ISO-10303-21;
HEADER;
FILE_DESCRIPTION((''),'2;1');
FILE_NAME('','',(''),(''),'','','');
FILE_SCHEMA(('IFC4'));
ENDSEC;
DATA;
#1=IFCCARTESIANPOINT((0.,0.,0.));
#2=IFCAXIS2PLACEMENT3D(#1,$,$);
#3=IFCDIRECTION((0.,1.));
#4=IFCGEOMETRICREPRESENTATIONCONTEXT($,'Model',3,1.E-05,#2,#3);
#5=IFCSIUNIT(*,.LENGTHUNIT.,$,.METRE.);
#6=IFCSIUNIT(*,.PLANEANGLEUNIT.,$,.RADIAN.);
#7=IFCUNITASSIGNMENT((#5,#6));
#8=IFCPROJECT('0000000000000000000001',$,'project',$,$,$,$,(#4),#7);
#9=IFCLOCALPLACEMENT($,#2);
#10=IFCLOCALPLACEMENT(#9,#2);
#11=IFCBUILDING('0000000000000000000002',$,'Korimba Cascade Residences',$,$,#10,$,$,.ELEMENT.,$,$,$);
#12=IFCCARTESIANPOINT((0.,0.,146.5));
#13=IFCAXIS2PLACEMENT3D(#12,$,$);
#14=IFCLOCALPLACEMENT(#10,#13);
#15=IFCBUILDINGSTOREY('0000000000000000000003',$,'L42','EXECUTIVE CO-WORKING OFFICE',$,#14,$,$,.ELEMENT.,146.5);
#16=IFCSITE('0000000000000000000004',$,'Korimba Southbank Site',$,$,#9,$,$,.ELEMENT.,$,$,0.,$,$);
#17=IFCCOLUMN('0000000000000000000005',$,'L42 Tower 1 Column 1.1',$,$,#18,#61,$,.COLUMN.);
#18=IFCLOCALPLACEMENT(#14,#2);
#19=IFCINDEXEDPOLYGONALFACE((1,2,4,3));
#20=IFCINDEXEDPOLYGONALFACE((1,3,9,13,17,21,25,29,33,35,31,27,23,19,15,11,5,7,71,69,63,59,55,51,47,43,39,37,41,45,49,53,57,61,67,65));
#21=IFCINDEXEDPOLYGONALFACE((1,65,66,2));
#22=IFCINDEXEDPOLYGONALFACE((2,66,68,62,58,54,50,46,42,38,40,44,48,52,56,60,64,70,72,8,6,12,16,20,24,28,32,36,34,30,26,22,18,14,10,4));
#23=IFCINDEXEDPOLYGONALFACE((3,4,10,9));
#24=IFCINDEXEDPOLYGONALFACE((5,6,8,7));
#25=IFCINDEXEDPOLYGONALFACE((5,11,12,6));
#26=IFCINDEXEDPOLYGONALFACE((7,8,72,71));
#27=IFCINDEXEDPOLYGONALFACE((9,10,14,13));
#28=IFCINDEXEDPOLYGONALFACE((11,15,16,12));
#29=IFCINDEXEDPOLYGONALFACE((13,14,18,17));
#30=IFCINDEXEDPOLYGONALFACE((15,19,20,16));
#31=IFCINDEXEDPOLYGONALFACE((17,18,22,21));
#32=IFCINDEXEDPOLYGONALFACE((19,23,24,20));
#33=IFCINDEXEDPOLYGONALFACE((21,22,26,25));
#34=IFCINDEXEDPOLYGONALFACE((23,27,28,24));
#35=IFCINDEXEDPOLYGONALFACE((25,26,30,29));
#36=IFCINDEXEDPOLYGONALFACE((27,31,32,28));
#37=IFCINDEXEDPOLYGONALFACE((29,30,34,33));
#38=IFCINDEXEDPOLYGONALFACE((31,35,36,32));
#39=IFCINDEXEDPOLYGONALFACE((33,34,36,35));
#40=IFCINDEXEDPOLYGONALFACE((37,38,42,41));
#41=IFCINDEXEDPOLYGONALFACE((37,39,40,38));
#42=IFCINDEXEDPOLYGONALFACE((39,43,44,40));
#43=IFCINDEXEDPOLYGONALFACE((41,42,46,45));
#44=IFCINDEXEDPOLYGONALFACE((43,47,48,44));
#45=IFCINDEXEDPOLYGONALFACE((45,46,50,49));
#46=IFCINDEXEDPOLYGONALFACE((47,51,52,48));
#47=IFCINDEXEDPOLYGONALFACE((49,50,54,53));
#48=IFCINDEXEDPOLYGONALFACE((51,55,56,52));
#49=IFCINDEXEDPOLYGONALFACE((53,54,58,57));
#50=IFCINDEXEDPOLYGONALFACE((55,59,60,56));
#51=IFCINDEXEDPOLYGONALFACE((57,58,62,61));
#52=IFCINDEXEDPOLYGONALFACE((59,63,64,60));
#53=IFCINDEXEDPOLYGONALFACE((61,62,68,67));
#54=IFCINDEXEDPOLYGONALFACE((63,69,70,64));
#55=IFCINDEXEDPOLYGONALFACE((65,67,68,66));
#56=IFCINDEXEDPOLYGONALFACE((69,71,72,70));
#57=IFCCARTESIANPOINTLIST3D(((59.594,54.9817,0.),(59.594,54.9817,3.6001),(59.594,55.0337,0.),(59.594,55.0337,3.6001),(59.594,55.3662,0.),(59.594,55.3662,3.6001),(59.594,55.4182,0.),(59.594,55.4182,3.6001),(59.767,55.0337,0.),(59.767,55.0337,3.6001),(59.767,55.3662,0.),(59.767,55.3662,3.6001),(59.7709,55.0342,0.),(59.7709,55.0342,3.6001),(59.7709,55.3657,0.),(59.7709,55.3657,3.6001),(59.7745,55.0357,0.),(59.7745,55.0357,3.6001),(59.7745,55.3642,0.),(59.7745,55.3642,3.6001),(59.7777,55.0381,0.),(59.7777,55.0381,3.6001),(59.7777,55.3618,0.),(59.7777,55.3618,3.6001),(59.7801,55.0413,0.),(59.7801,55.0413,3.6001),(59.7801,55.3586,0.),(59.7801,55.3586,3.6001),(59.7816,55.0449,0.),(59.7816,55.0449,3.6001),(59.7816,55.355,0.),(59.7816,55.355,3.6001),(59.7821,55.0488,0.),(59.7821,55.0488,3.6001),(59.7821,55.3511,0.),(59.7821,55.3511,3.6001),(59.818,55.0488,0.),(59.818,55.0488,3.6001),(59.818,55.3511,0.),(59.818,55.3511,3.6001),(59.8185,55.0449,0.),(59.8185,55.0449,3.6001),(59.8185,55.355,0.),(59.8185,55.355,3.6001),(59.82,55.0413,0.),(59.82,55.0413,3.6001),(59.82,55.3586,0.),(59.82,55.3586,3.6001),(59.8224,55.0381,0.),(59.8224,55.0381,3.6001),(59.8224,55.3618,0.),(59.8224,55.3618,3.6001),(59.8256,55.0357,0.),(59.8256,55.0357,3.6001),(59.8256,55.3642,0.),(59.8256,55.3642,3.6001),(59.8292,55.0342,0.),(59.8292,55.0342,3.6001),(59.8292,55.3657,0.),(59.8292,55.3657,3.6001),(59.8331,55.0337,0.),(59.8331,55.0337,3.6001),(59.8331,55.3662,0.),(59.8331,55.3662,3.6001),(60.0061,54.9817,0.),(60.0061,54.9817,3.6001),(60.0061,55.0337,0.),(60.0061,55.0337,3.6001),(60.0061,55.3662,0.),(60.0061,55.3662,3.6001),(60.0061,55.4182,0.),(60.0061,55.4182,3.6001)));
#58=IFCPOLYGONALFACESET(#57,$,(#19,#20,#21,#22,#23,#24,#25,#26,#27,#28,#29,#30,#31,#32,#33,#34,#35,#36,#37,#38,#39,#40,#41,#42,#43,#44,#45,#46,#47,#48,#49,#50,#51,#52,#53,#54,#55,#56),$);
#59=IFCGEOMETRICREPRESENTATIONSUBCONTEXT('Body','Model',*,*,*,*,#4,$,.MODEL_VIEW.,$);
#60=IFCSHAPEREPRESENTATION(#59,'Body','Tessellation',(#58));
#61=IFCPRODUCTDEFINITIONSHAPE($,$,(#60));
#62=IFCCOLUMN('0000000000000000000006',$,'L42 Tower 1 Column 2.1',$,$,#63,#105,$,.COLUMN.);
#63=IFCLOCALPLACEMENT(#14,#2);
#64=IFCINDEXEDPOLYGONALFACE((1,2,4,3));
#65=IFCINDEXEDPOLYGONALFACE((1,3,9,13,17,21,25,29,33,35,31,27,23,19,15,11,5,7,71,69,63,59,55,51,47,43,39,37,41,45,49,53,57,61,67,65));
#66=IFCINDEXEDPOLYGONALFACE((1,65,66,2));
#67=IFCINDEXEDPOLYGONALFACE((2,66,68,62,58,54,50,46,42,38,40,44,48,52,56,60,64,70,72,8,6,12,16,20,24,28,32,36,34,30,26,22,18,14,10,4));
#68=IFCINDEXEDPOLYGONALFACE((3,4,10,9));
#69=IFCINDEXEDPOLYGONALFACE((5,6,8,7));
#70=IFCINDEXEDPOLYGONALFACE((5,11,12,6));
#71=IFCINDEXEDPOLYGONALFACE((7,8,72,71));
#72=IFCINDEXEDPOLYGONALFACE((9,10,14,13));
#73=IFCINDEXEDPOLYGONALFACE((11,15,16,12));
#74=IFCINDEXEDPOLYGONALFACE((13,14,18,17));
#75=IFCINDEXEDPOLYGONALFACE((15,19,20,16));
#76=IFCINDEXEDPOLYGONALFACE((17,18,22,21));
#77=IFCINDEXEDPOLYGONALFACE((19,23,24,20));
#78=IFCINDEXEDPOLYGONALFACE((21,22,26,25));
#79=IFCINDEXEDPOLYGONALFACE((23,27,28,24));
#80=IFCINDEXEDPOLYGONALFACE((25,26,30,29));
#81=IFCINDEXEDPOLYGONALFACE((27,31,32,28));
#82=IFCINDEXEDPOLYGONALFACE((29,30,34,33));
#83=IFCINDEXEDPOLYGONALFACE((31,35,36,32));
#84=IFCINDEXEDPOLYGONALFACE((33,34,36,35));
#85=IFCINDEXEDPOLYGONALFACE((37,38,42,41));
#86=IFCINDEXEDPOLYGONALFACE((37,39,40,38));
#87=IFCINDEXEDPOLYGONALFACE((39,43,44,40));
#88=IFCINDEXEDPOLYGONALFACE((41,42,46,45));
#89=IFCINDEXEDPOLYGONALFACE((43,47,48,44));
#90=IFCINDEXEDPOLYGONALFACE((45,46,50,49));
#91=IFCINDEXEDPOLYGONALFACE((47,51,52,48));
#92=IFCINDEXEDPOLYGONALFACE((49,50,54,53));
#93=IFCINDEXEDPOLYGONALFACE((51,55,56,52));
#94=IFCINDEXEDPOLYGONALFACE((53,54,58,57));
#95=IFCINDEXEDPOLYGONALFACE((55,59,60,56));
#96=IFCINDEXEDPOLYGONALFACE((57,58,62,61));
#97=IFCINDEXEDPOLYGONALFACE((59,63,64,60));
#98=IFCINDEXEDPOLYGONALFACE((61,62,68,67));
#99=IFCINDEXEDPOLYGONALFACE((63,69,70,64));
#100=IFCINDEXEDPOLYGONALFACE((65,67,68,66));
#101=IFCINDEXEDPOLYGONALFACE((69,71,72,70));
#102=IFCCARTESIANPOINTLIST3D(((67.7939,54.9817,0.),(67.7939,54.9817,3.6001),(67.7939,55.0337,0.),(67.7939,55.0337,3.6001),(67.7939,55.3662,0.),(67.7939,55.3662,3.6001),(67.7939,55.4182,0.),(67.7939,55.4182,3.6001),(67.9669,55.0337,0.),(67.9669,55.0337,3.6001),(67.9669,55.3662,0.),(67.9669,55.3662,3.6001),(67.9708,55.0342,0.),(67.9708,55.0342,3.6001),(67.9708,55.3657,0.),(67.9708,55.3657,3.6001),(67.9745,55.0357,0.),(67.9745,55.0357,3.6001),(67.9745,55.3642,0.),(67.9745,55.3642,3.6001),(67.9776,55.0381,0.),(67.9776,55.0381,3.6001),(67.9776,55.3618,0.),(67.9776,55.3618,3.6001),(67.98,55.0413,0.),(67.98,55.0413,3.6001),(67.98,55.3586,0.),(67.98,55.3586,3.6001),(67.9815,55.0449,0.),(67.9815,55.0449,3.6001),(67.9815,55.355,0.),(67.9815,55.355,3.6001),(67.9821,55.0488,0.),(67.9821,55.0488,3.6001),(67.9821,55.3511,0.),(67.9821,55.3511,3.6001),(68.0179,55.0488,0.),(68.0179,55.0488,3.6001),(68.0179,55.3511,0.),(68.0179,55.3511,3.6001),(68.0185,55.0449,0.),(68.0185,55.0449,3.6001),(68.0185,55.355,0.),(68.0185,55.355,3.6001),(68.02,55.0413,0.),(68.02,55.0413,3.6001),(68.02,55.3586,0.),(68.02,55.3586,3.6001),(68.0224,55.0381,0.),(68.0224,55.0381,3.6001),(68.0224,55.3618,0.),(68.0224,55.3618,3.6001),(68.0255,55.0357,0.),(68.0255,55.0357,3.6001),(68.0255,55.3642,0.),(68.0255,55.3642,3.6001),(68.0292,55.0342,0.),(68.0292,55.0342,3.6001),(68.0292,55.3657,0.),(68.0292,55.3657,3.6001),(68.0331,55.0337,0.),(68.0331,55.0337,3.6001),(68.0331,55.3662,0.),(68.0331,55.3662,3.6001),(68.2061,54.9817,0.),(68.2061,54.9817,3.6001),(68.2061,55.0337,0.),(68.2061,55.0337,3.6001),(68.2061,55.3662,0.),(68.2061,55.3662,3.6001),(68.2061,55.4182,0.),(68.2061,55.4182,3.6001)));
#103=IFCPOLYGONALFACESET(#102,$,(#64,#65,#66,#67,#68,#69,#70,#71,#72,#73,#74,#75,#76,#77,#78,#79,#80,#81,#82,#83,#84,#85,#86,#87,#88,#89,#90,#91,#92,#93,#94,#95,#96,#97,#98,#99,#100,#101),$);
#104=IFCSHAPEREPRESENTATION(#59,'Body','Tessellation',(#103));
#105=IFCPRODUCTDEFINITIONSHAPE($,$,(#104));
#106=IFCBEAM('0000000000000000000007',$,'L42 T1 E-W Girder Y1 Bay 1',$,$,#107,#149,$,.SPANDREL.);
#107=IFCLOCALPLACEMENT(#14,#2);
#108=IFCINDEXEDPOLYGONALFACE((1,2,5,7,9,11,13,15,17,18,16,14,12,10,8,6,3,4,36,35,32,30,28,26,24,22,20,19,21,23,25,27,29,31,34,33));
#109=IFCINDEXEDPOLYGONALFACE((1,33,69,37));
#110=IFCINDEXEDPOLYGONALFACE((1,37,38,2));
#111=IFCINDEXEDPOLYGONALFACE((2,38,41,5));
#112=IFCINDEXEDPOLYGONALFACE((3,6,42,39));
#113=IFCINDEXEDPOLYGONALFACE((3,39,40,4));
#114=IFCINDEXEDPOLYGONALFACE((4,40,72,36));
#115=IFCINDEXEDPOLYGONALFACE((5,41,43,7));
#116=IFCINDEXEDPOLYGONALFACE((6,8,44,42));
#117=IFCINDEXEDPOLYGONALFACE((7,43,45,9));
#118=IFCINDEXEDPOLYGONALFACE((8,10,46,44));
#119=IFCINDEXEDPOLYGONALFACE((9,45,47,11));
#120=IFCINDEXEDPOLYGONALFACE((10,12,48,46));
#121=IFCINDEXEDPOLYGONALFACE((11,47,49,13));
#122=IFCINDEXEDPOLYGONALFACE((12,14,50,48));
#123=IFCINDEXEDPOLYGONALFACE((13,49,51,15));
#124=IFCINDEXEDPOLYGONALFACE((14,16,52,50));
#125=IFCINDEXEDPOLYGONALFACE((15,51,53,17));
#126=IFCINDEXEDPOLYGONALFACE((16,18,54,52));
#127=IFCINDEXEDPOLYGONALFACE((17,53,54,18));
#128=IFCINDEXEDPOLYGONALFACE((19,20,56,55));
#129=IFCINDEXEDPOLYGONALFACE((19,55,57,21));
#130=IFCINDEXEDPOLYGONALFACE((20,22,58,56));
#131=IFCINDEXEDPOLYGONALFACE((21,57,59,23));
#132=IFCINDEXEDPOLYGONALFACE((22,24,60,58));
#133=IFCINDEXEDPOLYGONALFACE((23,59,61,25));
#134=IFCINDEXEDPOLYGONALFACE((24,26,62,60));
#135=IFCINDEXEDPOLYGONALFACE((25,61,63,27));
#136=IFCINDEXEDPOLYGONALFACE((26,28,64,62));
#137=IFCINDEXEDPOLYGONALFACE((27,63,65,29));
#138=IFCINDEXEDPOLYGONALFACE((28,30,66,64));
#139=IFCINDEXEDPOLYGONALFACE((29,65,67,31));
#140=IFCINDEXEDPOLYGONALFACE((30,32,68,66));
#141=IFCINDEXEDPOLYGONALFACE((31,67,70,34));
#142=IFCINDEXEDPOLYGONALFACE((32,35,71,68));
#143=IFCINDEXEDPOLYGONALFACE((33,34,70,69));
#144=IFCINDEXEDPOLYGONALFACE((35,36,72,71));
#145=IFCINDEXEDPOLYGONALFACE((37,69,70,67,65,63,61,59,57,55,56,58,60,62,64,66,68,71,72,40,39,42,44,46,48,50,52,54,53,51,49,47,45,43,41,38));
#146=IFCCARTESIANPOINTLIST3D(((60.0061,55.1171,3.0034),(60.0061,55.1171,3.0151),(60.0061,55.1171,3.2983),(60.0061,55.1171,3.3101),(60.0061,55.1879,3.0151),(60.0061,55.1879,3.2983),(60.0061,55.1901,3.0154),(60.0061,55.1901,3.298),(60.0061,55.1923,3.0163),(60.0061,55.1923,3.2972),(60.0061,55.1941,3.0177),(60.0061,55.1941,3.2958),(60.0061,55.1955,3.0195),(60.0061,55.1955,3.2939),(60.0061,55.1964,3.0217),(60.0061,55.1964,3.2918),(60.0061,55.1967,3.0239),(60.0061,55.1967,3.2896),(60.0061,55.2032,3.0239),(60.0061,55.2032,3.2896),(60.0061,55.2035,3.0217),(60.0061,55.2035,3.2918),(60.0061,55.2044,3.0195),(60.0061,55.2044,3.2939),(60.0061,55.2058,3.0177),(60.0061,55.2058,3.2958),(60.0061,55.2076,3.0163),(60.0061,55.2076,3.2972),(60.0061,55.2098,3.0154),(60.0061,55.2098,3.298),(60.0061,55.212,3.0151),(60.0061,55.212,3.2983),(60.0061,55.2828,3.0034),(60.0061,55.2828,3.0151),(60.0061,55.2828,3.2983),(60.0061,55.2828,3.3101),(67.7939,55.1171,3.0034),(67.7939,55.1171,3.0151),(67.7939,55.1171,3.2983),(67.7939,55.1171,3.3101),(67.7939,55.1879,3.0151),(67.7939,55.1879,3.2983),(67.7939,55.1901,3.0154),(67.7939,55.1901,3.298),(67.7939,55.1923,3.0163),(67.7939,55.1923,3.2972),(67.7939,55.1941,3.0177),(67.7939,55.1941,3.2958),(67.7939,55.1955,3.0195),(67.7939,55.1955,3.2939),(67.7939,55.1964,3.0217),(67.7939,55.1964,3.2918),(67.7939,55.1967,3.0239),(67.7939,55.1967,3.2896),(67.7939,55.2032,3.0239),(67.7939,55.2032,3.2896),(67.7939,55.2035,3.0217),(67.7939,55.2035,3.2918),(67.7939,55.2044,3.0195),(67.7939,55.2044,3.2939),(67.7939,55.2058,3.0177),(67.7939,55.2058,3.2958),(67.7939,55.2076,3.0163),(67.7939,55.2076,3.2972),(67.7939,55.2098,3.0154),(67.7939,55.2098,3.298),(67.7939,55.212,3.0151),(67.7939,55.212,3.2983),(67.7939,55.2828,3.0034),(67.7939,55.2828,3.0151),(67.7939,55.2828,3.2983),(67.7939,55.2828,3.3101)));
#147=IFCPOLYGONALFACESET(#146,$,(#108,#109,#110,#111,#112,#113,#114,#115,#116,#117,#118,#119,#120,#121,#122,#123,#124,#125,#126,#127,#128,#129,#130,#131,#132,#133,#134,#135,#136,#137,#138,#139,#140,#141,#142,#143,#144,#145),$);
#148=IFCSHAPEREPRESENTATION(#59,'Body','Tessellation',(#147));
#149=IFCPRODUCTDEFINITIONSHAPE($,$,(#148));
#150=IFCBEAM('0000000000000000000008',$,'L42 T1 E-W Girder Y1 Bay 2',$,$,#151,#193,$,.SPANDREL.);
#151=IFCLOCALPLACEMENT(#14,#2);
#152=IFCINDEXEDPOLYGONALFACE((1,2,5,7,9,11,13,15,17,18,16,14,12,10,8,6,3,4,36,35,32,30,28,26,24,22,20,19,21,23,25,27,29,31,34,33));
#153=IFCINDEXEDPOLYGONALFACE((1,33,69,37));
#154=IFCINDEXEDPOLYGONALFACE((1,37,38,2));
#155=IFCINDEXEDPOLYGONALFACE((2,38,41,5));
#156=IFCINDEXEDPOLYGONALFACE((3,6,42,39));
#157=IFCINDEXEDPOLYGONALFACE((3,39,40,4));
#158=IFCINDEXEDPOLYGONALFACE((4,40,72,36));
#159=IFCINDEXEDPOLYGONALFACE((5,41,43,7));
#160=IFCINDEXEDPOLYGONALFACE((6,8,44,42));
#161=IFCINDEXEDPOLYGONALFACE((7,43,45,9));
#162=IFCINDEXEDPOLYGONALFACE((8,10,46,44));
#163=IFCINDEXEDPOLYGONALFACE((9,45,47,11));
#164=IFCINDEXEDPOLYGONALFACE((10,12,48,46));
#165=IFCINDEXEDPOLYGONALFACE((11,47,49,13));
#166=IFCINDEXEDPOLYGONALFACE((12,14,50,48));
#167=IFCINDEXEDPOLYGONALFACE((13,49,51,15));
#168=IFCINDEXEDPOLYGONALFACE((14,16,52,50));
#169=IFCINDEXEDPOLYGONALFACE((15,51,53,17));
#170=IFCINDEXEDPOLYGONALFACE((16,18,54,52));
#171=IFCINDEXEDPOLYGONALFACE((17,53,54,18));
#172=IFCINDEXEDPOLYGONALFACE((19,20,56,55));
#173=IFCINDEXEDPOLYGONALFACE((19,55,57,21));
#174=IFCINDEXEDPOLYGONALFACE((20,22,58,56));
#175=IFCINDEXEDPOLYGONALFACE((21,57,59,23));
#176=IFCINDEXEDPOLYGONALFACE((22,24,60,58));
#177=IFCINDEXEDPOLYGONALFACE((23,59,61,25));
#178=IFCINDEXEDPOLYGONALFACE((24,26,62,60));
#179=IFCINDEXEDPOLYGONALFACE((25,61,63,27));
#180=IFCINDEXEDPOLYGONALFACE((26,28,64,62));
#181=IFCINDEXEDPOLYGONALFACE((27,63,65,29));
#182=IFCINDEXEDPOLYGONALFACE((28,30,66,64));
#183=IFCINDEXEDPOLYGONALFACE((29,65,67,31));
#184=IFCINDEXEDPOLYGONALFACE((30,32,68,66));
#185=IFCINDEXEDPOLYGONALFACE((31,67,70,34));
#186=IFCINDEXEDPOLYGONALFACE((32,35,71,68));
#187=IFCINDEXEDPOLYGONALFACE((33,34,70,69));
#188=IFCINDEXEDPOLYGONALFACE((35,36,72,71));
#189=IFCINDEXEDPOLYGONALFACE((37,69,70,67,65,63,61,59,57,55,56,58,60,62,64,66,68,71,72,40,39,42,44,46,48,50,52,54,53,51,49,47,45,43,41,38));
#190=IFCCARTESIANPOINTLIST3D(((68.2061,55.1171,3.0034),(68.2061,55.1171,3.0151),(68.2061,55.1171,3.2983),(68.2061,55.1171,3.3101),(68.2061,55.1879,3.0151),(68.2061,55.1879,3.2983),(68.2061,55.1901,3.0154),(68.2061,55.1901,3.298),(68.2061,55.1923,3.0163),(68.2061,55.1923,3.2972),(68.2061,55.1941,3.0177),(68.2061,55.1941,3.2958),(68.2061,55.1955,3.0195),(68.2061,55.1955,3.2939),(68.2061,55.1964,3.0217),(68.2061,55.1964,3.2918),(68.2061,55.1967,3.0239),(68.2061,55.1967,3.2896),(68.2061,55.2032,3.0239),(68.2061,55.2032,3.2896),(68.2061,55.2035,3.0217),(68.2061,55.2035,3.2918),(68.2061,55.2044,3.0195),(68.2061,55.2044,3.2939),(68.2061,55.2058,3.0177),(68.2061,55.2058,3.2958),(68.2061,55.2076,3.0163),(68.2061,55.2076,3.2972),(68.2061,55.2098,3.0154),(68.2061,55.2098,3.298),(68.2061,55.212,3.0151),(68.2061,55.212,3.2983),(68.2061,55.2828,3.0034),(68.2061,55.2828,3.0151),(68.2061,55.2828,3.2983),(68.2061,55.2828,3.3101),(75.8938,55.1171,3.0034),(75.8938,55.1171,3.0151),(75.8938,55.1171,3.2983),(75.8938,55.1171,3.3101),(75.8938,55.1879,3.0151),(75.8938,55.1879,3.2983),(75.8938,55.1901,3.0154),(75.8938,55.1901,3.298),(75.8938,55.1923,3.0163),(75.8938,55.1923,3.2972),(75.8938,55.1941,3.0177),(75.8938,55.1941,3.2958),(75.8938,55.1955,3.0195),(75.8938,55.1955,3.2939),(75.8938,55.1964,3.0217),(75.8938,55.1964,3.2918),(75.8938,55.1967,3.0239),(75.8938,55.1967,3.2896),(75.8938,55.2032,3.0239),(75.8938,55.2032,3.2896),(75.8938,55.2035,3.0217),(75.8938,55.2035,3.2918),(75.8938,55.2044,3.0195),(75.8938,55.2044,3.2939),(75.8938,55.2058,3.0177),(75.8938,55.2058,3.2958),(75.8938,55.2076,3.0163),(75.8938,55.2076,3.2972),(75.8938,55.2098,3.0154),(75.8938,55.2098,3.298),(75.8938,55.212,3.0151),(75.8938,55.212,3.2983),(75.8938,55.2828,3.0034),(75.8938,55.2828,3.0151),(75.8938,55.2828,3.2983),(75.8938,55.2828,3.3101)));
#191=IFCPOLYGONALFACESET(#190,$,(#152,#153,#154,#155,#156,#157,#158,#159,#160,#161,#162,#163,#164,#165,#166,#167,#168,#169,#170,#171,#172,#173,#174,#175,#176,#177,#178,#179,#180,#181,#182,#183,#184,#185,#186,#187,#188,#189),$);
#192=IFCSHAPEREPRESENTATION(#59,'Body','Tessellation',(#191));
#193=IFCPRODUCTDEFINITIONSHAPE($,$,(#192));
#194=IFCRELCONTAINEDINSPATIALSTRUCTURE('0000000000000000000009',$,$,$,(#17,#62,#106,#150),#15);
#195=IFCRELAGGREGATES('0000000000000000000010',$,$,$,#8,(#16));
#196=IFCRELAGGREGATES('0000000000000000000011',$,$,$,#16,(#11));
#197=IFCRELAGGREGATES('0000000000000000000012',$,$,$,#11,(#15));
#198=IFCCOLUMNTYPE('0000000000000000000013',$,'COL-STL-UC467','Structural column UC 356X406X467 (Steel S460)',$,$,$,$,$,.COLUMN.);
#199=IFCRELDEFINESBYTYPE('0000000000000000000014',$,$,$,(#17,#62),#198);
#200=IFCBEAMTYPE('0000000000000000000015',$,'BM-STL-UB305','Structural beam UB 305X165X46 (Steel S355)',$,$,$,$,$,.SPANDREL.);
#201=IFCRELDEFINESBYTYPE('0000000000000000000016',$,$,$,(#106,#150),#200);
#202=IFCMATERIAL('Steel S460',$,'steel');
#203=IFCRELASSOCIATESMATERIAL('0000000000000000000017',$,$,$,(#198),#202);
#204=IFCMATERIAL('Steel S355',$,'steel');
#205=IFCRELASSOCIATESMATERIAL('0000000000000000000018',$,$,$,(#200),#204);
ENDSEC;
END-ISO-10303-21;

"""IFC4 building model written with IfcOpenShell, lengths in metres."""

from ifc_helpers import new_model, si_unit, direction, frame, origin, origin_2d, place, context, subcontext, project, spatial, i_section, extrude, material, material_profile, profile_set, type_object, element, save


model = new_model("IFC4")

# Units and contexts
model_context = context("Model", 3, precision=1e-05, world=origin(), true_north=direction((0.0, 1.0)))
body_context = subcontext(model_context, "Body", "Model", "MODEL_VIEW")
ifc_project = project(units=[si_unit("LENGTHUNIT", "METRE"), si_unit("PLANEANGLEUNIT", "RADIAN")], contexts=[model_context])

# Site, building, storey
site_placement = place(None, origin())
site = spatial("IfcSite", under=ifc_project, at=site_placement, Name="Korimba Southbank Site", CompositionType="ELEMENT", RefElevation=0.0)
building_placement = place(site_placement, origin())
building = spatial("IfcBuilding", under=site, at=building_placement, Name="Korimba Cascade Residences", CompositionType="ELEMENT")
storey_placement = place(building_placement, frame((0.0, 0.0, 146.5)))
storey = spatial("IfcBuildingStorey", under=building, at=storey_placement, Name="L42", Description="EXECUTIVE CO-WORKING OFFICE", CompositionType="ELEMENT", Elevation=146.5)

# Columns
ifc_material_1 = material(Name="Steel S460", Category="steel")
ifc_material_profile_1 = material_profile(ifc_material_1, i_section(OverallWidth=0.4121, OverallDepth=0.4365, WebThickness=0.0359, FlangeThickness=0.052, FilletRadius=0.0151, at=origin_2d()), Name="Steel S460")
ifc_profile_set_1 = profile_set([ifc_material_profile_1], Name="Steel S460")
column_type = type_object("IfcColumnType", Name="COL-STL-UC467", Description="Structural column UC 356X406X467 (Steel S460)", PredefinedType="COLUMN", material=ifc_profile_set_1)
for number, where, z_axis, x_axis, name in (
    (1, (59.8, 55.2, 0.0), (0.0, 0.0, 1.0), (1.0, 0.0, 0.0), "L42 Tower 1 Column 1.1"),
    (2, (68.0, 55.2, 0.0), (0.0, 0.0, 1.0), (1.0, 0.0, 0.0), "L42 Tower 1 Column 2.1"),
):
    element("IfcColumn", number, at=place(storey_placement, frame(where, z_axis=z_axis, x_axis=x_axis)), inside=storey, type_object=column_type, Name=name, PredefinedType="COLUMN", context=body_context, shape_type="SweptSolid", body=[
        extrude(i_section(OverallWidth=0.4121, OverallDepth=0.4365, WebThickness=0.0359, FlangeThickness=0.052, FilletRadius=0.0151, at=origin_2d()), origin(), (0.0, 0.0, 1.0), 3.6001),
    ])

# Beams
ifc_material_2 = material(Name="Steel S355", Category="steel")
ifc_material_profile_2 = material_profile(ifc_material_2, i_section(OverallWidth=0.1658, OverallDepth=0.3066, WebThickness=0.0066, FlangeThickness=0.0117, FilletRadius=0.0088, at=origin_2d()), Name="Steel S355")
ifc_profile_set_2 = profile_set([ifc_material_profile_2], Name="Steel S355")
beam_type_1 = type_object("IfcBeamType", Name="BM-STL-UB305", Description="Structural beam UB 305X165X46 (Steel S355)", PredefinedType="SPANDREL", material=ifc_profile_set_2)
beam_1_placement = place(storey_placement, frame((60.0061, 55.2, 3.1567), z_axis=(1.0, 0.0, 0.0), x_axis=(0.0, 1.0, 0.0)))
element("IfcBeam", 3, at=beam_1_placement, inside=storey, type_object=beam_type_1, Name="L42 T1 E-W Girder Y1 Bay 1", PredefinedType="SPANDREL", context=body_context, shape_type="SweptSolid", body=[
    extrude(i_section(OverallWidth=0.1658, OverallDepth=0.3066, WebThickness=0.0066, FlangeThickness=0.0117, FilletRadius=0.0088, at=origin_2d()), origin(), (0.0, 0.0, 1.0), 7.7878),
])
beam_2_placement = place(storey_placement, frame((68.2061, 55.2, 3.1567), z_axis=(1.0, 0.0, 0.0), x_axis=(0.0, 1.0, 0.0)))
element("IfcBeam", 4, at=beam_2_placement, inside=storey, type_object=beam_type_1, Name="L42 T1 E-W Girder Y1 Bay 2", PredefinedType="SPANDREL", context=body_context, shape_type="SweptSolid", body=[
    extrude(i_section(OverallWidth=0.1658, OverallDepth=0.3066, WebThickness=0.0066, FlangeThickness=0.0117, FilletRadius=0.0088, at=origin_2d()), origin(), (0.0, 0.0, 1.0), 7.6877),
])

save(model, "model.ifc")
